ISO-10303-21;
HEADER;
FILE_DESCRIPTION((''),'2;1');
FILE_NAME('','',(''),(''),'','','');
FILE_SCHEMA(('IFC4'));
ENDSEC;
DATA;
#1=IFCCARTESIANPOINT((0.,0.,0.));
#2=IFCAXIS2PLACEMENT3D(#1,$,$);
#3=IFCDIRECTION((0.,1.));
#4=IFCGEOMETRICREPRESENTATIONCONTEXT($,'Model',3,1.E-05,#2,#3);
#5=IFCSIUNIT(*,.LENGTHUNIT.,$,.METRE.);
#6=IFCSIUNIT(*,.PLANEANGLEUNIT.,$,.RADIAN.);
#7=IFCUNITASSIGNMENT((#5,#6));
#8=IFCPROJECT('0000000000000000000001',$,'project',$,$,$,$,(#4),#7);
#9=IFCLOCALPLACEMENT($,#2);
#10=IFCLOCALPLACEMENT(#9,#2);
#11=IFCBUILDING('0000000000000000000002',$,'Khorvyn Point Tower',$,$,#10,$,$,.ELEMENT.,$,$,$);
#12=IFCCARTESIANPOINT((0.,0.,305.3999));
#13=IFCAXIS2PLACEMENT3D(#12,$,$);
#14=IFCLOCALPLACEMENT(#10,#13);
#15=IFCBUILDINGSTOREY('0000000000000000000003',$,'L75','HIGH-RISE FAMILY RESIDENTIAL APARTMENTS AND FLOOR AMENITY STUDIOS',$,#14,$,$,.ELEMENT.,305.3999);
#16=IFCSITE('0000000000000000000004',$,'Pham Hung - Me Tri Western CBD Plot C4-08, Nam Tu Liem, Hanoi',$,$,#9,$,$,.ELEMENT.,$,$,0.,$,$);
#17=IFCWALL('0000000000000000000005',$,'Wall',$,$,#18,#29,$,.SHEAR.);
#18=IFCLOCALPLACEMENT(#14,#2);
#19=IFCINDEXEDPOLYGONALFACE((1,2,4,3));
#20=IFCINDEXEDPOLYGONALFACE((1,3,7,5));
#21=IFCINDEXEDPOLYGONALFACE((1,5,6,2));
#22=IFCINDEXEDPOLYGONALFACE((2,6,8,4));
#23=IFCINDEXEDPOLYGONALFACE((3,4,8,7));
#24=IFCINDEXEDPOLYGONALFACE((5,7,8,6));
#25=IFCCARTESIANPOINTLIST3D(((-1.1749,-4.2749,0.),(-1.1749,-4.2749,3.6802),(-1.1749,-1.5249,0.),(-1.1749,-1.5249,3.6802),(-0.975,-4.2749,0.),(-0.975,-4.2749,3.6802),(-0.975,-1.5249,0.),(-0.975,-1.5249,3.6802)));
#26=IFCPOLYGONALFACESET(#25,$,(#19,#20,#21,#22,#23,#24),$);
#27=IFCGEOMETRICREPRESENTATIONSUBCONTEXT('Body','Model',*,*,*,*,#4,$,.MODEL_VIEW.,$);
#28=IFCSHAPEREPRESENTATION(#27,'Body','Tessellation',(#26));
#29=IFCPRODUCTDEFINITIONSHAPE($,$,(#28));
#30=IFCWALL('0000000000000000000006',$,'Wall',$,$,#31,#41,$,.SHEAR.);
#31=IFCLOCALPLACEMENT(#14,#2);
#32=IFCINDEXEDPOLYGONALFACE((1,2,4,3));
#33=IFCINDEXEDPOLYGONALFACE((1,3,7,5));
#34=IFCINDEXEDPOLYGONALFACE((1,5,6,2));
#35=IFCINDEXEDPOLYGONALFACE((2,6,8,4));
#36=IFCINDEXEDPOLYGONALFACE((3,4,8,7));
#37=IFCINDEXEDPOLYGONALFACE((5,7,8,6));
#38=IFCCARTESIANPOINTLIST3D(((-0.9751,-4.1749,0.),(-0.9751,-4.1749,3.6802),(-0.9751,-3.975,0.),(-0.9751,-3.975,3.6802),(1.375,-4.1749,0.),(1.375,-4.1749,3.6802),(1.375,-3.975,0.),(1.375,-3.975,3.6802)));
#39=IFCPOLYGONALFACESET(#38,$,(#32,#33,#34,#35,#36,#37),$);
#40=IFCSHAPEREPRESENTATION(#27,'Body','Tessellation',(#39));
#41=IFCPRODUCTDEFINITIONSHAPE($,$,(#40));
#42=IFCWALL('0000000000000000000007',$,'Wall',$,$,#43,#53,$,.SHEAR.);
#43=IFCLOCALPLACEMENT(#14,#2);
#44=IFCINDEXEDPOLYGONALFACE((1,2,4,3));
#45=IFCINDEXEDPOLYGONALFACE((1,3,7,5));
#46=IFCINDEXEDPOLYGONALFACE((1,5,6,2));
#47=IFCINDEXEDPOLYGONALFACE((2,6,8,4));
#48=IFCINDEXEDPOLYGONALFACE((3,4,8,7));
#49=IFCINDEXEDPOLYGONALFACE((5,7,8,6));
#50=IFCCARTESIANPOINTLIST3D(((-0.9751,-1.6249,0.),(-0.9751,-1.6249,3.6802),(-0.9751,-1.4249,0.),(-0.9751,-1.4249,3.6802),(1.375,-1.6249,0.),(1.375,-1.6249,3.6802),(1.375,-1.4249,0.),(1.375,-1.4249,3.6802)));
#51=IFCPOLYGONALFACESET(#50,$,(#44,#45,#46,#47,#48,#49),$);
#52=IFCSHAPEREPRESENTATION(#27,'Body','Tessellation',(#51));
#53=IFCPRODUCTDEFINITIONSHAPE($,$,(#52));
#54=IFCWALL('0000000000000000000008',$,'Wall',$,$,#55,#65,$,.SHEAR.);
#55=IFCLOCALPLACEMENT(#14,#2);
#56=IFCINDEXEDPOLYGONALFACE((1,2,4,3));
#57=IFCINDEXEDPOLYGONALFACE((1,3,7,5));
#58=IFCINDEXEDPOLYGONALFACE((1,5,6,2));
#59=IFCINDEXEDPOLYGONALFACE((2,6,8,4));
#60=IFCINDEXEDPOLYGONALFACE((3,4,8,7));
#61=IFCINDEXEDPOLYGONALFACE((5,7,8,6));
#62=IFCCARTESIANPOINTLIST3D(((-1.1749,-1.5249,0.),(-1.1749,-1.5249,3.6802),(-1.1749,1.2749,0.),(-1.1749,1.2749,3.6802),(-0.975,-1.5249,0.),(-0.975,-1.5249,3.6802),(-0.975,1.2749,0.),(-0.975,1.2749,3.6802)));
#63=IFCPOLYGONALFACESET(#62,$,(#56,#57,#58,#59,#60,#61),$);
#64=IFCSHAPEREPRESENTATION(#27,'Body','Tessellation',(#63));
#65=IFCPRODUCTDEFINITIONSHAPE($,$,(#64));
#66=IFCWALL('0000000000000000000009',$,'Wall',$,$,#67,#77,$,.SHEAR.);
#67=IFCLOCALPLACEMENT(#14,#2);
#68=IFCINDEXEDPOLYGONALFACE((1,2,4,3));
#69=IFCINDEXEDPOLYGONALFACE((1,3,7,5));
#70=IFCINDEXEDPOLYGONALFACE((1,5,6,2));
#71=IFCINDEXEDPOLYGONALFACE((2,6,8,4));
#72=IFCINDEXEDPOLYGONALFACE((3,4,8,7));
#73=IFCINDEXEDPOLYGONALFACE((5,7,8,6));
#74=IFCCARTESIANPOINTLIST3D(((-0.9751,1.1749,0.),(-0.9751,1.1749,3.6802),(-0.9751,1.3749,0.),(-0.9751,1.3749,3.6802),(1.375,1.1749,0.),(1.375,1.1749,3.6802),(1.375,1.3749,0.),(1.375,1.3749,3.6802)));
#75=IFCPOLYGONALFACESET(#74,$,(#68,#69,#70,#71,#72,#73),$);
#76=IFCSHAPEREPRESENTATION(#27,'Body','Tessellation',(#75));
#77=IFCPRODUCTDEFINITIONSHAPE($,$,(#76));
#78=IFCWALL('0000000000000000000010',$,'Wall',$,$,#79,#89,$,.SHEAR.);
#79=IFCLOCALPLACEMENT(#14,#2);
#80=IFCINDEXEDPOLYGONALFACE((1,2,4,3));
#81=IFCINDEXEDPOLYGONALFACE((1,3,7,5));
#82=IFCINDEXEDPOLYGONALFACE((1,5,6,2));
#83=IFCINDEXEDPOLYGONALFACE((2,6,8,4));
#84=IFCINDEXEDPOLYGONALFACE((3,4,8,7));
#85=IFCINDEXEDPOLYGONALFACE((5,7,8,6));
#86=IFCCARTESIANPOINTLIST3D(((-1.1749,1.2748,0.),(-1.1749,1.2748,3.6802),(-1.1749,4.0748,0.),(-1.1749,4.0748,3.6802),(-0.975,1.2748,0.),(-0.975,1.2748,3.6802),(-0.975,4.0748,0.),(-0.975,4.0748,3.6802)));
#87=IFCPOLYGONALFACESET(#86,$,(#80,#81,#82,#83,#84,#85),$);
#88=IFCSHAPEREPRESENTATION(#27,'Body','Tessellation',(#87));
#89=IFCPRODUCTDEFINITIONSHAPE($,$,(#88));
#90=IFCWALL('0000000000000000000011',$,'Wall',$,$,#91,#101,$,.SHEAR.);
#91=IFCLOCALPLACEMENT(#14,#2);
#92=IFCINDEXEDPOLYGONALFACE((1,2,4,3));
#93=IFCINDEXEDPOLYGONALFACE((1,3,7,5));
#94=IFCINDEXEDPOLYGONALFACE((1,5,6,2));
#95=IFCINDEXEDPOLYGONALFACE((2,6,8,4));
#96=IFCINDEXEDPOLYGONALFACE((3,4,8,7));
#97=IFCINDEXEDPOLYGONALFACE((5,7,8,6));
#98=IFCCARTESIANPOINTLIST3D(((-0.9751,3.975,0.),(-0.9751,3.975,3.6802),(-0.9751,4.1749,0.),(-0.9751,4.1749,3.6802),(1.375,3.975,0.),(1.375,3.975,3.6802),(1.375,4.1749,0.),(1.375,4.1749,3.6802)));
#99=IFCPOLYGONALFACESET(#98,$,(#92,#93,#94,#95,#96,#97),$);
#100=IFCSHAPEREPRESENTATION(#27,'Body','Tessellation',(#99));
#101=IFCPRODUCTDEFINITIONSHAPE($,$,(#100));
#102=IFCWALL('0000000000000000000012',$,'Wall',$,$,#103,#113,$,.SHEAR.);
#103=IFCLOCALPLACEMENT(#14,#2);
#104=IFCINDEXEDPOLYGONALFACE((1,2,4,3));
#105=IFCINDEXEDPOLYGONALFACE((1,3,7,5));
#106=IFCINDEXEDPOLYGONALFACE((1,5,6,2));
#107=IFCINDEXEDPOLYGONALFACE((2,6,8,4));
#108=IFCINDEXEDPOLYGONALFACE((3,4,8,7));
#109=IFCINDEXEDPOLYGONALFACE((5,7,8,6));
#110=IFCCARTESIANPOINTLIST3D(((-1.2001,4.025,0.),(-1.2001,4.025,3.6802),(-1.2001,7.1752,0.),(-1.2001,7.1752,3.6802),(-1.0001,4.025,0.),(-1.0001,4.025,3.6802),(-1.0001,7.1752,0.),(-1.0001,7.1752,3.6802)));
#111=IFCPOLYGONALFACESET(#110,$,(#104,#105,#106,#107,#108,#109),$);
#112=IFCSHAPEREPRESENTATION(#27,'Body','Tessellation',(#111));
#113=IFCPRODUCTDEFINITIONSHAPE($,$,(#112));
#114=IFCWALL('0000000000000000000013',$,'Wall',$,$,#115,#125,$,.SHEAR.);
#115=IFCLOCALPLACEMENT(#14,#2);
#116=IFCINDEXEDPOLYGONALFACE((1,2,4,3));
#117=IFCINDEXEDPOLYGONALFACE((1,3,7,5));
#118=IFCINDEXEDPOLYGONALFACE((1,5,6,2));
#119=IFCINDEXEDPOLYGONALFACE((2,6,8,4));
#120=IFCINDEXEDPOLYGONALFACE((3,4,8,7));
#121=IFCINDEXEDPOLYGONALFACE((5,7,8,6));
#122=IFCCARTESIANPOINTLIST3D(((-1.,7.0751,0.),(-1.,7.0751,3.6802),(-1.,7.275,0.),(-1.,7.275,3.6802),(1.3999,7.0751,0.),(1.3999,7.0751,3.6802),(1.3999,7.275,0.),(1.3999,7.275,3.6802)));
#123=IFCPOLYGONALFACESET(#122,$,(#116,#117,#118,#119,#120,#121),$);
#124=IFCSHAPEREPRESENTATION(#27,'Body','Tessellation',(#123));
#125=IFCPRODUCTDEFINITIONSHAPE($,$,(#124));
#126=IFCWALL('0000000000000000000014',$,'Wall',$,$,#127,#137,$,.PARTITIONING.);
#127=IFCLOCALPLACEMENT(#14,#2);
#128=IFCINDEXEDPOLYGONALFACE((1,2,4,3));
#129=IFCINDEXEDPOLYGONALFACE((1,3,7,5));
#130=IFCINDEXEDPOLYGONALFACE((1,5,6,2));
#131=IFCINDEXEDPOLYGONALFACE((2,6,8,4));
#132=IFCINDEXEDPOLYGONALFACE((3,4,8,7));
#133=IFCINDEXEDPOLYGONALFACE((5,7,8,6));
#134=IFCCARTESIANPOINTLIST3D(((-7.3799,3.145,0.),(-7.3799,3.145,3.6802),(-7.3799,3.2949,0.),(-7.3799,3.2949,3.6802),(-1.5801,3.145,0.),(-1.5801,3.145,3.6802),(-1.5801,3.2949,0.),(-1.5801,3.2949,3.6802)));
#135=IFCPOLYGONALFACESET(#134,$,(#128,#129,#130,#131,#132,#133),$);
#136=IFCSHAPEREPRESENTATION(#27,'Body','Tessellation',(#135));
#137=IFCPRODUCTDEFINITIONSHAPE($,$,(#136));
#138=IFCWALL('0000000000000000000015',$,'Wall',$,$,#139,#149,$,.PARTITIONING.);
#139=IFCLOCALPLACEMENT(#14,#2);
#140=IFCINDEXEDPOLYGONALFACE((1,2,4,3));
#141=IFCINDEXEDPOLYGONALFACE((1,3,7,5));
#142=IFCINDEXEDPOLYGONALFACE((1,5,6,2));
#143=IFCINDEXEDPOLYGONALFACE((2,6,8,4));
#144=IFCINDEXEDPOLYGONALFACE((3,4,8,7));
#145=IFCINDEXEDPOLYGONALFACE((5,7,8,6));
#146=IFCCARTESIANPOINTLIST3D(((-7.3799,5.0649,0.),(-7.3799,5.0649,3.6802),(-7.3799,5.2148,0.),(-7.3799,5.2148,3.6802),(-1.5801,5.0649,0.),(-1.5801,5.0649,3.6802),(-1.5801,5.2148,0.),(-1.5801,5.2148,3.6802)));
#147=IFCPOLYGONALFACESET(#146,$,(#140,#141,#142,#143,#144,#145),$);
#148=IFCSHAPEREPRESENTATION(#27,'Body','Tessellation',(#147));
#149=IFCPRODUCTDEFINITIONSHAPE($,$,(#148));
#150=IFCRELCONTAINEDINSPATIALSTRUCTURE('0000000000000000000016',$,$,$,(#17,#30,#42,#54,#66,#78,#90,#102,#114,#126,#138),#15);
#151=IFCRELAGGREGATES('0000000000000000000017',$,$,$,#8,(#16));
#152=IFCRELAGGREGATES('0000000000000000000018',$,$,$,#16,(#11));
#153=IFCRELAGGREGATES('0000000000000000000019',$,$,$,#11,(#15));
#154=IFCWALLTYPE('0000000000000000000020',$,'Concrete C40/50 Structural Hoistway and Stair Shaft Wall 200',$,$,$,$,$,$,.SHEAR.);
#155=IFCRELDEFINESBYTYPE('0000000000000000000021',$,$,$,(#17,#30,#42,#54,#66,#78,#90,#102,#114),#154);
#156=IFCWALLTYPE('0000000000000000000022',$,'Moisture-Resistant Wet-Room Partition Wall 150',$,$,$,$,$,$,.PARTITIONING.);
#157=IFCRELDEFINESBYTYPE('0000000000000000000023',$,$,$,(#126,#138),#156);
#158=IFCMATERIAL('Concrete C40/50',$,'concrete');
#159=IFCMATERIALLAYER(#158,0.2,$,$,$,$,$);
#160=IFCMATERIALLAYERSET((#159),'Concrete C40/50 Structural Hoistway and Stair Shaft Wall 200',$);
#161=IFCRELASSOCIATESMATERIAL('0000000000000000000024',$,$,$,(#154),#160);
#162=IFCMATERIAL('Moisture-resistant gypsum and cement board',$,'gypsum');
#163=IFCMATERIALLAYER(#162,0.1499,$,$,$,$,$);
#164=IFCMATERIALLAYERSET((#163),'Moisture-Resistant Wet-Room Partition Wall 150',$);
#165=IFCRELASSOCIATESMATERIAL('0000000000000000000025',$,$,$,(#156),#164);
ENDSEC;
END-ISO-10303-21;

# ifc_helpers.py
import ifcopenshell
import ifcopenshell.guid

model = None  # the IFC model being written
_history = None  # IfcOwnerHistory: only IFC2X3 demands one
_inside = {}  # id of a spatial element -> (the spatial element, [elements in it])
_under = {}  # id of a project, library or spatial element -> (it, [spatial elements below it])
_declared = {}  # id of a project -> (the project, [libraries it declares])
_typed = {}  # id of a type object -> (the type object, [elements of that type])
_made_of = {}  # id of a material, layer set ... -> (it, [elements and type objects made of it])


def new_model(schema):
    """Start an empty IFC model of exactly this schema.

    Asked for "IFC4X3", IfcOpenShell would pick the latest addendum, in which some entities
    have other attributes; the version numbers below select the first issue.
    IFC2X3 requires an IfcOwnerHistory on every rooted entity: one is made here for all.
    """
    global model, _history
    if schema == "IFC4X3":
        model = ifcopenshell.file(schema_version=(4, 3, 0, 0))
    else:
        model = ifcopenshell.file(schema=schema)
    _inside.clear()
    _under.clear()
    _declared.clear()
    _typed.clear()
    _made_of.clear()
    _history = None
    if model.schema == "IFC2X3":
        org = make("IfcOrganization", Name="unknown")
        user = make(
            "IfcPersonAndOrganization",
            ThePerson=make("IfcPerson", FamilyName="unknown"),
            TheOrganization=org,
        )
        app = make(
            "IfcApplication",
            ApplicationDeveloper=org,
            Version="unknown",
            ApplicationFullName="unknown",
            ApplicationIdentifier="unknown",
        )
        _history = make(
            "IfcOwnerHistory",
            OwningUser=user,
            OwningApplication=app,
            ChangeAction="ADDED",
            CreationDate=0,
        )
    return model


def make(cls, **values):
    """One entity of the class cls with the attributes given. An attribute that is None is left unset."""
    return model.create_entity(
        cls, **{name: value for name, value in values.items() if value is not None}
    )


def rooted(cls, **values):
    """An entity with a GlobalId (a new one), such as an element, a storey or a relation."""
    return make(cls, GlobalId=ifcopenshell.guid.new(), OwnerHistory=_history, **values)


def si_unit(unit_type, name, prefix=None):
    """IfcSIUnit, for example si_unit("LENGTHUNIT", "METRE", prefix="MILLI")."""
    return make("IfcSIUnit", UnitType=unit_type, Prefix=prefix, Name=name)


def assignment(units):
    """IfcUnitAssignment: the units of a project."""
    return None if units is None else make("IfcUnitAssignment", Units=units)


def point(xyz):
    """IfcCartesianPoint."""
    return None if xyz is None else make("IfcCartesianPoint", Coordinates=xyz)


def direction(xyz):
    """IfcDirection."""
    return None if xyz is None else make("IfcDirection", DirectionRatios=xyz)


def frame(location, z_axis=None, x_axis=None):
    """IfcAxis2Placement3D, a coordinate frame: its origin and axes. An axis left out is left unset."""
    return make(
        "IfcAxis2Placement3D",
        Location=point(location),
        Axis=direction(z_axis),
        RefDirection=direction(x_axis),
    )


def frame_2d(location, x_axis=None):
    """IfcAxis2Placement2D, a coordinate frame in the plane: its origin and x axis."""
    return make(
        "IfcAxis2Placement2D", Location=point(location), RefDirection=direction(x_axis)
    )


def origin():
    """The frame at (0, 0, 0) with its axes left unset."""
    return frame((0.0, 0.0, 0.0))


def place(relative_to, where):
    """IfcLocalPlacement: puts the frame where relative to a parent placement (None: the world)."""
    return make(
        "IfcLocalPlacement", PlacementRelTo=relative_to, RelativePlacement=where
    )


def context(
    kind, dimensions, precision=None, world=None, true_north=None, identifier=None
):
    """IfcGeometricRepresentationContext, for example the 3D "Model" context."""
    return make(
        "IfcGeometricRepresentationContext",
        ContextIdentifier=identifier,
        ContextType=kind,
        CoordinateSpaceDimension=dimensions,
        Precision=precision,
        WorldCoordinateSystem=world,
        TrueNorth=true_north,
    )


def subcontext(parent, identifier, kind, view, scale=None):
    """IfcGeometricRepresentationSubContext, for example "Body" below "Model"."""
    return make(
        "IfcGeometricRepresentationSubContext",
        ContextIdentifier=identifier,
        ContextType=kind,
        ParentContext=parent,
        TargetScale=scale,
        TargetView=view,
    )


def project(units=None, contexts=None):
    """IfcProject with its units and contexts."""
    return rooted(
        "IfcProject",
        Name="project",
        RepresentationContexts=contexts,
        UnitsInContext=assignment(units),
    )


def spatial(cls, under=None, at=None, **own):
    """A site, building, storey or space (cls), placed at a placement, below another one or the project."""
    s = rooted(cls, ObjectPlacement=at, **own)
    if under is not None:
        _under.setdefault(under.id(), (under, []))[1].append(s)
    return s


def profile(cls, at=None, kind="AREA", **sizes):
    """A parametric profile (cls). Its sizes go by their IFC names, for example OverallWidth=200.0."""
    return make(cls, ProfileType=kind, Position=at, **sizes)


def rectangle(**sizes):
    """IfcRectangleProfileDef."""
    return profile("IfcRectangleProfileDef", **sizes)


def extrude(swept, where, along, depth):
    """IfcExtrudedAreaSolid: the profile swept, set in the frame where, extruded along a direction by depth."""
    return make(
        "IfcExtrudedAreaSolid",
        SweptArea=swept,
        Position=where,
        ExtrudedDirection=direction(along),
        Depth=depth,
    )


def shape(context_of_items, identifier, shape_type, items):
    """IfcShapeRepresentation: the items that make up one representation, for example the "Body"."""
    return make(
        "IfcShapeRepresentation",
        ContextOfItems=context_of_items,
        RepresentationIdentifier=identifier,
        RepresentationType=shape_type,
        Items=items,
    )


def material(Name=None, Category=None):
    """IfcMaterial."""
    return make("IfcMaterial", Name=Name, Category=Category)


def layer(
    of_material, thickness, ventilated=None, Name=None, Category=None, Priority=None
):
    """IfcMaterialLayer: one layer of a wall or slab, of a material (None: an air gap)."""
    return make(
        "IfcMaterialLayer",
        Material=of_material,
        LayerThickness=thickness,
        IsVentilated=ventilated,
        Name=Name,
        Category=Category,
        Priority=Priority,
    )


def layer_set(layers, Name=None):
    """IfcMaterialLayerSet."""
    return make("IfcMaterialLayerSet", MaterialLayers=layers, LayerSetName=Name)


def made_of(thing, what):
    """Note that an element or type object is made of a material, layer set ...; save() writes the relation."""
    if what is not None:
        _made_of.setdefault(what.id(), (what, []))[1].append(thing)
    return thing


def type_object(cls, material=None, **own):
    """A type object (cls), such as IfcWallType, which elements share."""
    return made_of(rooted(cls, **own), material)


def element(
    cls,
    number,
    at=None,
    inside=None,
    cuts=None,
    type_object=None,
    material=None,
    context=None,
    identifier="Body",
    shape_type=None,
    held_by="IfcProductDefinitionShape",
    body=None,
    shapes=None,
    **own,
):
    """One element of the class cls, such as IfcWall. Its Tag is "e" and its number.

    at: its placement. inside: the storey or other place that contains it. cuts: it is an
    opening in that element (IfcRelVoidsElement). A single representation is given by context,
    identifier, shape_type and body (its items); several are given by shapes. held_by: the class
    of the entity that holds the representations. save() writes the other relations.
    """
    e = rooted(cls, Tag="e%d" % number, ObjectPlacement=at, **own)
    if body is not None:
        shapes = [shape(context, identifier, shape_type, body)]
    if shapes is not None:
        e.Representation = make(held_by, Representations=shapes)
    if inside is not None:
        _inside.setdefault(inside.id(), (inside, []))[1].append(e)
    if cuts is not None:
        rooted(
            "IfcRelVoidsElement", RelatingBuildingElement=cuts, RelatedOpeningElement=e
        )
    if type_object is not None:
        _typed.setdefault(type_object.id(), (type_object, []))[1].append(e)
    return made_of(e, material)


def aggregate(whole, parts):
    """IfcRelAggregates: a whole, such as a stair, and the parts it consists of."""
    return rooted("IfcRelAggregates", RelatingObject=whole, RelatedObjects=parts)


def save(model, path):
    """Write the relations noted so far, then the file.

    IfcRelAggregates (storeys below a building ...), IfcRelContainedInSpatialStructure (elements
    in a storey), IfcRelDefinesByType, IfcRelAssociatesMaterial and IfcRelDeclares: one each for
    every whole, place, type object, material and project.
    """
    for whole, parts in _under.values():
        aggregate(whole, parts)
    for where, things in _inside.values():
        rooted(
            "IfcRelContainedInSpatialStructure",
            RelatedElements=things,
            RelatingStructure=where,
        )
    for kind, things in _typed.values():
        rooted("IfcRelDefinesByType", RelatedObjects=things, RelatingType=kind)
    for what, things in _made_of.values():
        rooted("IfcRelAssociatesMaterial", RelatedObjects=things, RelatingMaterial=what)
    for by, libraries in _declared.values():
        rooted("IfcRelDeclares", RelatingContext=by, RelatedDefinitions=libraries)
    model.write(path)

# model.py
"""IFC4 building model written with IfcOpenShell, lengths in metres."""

from ifc_helpers import new_model, si_unit, direction, frame, frame_2d, origin, place, context, subcontext, project, spatial, rectangle, extrude, material, layer, layer_set, type_object, element, save


model = new_model("IFC4")

# Units and contexts
model_context = context("Model", 3, precision=1e-05, world=origin(), true_north=direction((0.0, 1.0)))
body_context = subcontext(model_context, "Body", "Model", "MODEL_VIEW")
ifc_project = project(units=[si_unit("LENGTHUNIT", "METRE"), si_unit("PLANEANGLEUNIT", "RADIAN")], contexts=[model_context])

# Site, building, storey
site_placement = place(None, origin())
site = spatial("IfcSite", under=ifc_project, at=site_placement, Name="Pham Hung - Me Tri Western CBD Plot C4-08, Nam Tu Liem, Hanoi", CompositionType="ELEMENT", RefElevation=0.0)
building_placement = place(site_placement, origin())
building = spatial("IfcBuilding", under=site, at=building_placement, Name="Khorvyn Point Tower", CompositionType="ELEMENT")
storey_placement = place(building_placement, frame((0.0, 0.0, 305.3999)))
storey = spatial("IfcBuildingStorey", under=building, at=storey_placement, Name="L75", Description="HIGH-RISE FAMILY RESIDENTIAL APARTMENTS AND FLOOR AMENITY STUDIOS", CompositionType="ELEMENT", Elevation=305.3999)

# Shared definitions
ifc_material_1 = material(Name="Concrete C40/50", Category="concrete")

# Walls
ifc_layer_1 = layer(ifc_material_1, 0.2)
ifc_layer_set_1 = layer_set([ifc_layer_1], Name="Concrete C40/50 Structural Hoistway and Stair Shaft Wall 200")
wall_type_1 = type_object("IfcWallType", Name="Concrete C40/50 Structural Hoistway and Stair Shaft Wall 200", PredefinedType="SHEAR", material=ifc_layer_set_1)
wall_1_placement = place(storey_placement, frame((-1.075, -4.2749, 0.0), z_axis=(0.0, 0.0, 1.0), x_axis=(0.0, 1.0, 0.0)))
element("IfcWall", 1, at=wall_1_placement, inside=storey, type_object=wall_type_1, Name="Wall", PredefinedType="SHEAR", context=body_context, shape_type="SweptSolid", body=[
    extrude(rectangle(XDim=2.75, YDim=0.2, at=frame_2d((1.375, 0.0))), origin(), (0.0, 0.0, 1.0), 3.6802),
])
for number, where, z_axis, x_axis, name in (
    (2, (-0.9751, -4.075, 0.0), (0.0, 0.0, 1.0), (1.0, 0.0, 0.0), "Wall"),
    (3, (-0.9751, -1.5249, 0.0), (0.0, 0.0, 1.0), (1.0, 0.0, 0.0), "Wall"),
):
    element("IfcWall", number, at=place(storey_placement, frame(where, z_axis=z_axis, x_axis=x_axis)), inside=storey, type_object=wall_type_1, Name=name, PredefinedType="SHEAR", context=body_context, shape_type="SweptSolid", body=[
        extrude(rectangle(XDim=2.3501, YDim=0.2, at=frame_2d((1.175, 0.0))), origin(), (0.0, 0.0, 1.0), 3.6802),
    ])
wall_2_placement = place(storey_placement, frame((-1.075, -1.5249, 0.0), z_axis=(0.0, 0.0, 1.0), x_axis=(0.0, 1.0, 0.0)))
element("IfcWall", 4, at=wall_2_placement, inside=storey, type_object=wall_type_1, Name="Wall", PredefinedType="SHEAR", context=body_context, shape_type="SweptSolid", body=[
    extrude(rectangle(XDim=2.7998, YDim=0.2, at=frame_2d((1.3999, 0.0))), origin(), (0.0, 0.0, 1.0), 3.6802),
])
wall_3_placement = place(storey_placement, frame((-0.9751, 1.2749, 0.0), z_axis=(0.0, 0.0, 1.0), x_axis=(1.0, 0.0, 0.0)))
element("IfcWall", 5, at=wall_3_placement, inside=storey, type_object=wall_type_1, Name="Wall", PredefinedType="SHEAR", context=body_context, shape_type="SweptSolid", body=[
    extrude(rectangle(XDim=2.3501, YDim=0.2, at=frame_2d((1.175, 0.0))), origin(), (0.0, 0.0, 1.0), 3.6802),
])
wall_4_placement = place(storey_placement, frame((-1.075, 1.2749, 0.0), z_axis=(0.0, 0.0, 1.0), x_axis=(0.0, 1.0, 0.0)))
element("IfcWall", 6, at=wall_4_placement, inside=storey, type_object=wall_type_1, Name="Wall", PredefinedType="SHEAR", context=body_context, shape_type="SweptSolid", body=[
    extrude(rectangle(XDim=2.8, YDim=0.2, at=frame_2d((1.3999, 0.0))), origin(), (0.0, 0.0, 1.0), 3.6802),
])
wall_5_placement = place(storey_placement, frame((-0.9751, 4.075, 0.0), z_axis=(0.0, 0.0, 1.0), x_axis=(1.0, 0.0, 0.0)))
element("IfcWall", 7, at=wall_5_placement, inside=storey, type_object=wall_type_1, Name="Wall", PredefinedType="SHEAR", context=body_context, shape_type="SweptSolid", body=[
    extrude(rectangle(XDim=2.3501, YDim=0.2, at=frame_2d((1.175, 0.0))), origin(), (0.0, 0.0, 1.0), 3.6802),
])
wall_6_placement = place(storey_placement, frame((-1.1001, 4.0249, 0.0), z_axis=(0.0, 0.0, 1.0), x_axis=(0.0, 1.0, 0.0)))
element("IfcWall", 8, at=wall_6_placement, inside=storey, type_object=wall_type_1, Name="Wall", PredefinedType="SHEAR", context=body_context, shape_type="SweptSolid", body=[
    extrude(rectangle(XDim=3.1501, YDim=0.2, at=frame_2d((1.5752, 0.0))), origin(), (0.0, 0.0, 1.0), 3.6802),
])
wall_7_placement = place(storey_placement, frame((-1.0, 7.175, 0.0), z_axis=(0.0, 0.0, 1.0), x_axis=(1.0, 0.0, 0.0)))
element("IfcWall", 9, at=wall_7_placement, inside=storey, type_object=wall_type_1, Name="Wall", PredefinedType="SHEAR", context=body_context, shape_type="SweptSolid", body=[
    extrude(rectangle(XDim=2.3999, YDim=0.2, at=frame_2d((1.2, 0.0))), origin(), (0.0, 0.0, 1.0), 3.6802),
])
ifc_material_2 = material(Name="Moisture-resistant gypsum and cement board", Category="gypsum")
ifc_layer_2 = layer(ifc_material_2, 0.1499)
ifc_layer_set_2 = layer_set([ifc_layer_2], Name="Moisture-Resistant Wet-Room Partition Wall 150")
wall_type_2 = type_object("IfcWallType", Name="Moisture-Resistant Wet-Room Partition Wall 150", PredefinedType="PARTITIONING", material=ifc_layer_set_2)
for number, where, z_axis, x_axis, name in (
    (10, (-7.3799, 3.22, 0.0), (0.0, 0.0, 1.0), (1.0, 0.0, 0.0), "Wall"),
    (11, (-7.3799, 5.1399, 0.0), (0.0, 0.0, 1.0), (1.0, 0.0, 0.0), "Wall"),
):
    element("IfcWall", number, at=place(storey_placement, frame(where, z_axis=z_axis, x_axis=x_axis)), inside=storey, type_object=wall_type_2, Name=name, PredefinedType="PARTITIONING", context=body_context, shape_type="SweptSolid", body=[
        extrude(rectangle(XDim=5.7998, YDim=0.1499, at=frame_2d((2.8999, 0.0))), origin(), (0.0, 0.0, 1.0), 3.6802),
    ])

save(model, "model.ifc")
